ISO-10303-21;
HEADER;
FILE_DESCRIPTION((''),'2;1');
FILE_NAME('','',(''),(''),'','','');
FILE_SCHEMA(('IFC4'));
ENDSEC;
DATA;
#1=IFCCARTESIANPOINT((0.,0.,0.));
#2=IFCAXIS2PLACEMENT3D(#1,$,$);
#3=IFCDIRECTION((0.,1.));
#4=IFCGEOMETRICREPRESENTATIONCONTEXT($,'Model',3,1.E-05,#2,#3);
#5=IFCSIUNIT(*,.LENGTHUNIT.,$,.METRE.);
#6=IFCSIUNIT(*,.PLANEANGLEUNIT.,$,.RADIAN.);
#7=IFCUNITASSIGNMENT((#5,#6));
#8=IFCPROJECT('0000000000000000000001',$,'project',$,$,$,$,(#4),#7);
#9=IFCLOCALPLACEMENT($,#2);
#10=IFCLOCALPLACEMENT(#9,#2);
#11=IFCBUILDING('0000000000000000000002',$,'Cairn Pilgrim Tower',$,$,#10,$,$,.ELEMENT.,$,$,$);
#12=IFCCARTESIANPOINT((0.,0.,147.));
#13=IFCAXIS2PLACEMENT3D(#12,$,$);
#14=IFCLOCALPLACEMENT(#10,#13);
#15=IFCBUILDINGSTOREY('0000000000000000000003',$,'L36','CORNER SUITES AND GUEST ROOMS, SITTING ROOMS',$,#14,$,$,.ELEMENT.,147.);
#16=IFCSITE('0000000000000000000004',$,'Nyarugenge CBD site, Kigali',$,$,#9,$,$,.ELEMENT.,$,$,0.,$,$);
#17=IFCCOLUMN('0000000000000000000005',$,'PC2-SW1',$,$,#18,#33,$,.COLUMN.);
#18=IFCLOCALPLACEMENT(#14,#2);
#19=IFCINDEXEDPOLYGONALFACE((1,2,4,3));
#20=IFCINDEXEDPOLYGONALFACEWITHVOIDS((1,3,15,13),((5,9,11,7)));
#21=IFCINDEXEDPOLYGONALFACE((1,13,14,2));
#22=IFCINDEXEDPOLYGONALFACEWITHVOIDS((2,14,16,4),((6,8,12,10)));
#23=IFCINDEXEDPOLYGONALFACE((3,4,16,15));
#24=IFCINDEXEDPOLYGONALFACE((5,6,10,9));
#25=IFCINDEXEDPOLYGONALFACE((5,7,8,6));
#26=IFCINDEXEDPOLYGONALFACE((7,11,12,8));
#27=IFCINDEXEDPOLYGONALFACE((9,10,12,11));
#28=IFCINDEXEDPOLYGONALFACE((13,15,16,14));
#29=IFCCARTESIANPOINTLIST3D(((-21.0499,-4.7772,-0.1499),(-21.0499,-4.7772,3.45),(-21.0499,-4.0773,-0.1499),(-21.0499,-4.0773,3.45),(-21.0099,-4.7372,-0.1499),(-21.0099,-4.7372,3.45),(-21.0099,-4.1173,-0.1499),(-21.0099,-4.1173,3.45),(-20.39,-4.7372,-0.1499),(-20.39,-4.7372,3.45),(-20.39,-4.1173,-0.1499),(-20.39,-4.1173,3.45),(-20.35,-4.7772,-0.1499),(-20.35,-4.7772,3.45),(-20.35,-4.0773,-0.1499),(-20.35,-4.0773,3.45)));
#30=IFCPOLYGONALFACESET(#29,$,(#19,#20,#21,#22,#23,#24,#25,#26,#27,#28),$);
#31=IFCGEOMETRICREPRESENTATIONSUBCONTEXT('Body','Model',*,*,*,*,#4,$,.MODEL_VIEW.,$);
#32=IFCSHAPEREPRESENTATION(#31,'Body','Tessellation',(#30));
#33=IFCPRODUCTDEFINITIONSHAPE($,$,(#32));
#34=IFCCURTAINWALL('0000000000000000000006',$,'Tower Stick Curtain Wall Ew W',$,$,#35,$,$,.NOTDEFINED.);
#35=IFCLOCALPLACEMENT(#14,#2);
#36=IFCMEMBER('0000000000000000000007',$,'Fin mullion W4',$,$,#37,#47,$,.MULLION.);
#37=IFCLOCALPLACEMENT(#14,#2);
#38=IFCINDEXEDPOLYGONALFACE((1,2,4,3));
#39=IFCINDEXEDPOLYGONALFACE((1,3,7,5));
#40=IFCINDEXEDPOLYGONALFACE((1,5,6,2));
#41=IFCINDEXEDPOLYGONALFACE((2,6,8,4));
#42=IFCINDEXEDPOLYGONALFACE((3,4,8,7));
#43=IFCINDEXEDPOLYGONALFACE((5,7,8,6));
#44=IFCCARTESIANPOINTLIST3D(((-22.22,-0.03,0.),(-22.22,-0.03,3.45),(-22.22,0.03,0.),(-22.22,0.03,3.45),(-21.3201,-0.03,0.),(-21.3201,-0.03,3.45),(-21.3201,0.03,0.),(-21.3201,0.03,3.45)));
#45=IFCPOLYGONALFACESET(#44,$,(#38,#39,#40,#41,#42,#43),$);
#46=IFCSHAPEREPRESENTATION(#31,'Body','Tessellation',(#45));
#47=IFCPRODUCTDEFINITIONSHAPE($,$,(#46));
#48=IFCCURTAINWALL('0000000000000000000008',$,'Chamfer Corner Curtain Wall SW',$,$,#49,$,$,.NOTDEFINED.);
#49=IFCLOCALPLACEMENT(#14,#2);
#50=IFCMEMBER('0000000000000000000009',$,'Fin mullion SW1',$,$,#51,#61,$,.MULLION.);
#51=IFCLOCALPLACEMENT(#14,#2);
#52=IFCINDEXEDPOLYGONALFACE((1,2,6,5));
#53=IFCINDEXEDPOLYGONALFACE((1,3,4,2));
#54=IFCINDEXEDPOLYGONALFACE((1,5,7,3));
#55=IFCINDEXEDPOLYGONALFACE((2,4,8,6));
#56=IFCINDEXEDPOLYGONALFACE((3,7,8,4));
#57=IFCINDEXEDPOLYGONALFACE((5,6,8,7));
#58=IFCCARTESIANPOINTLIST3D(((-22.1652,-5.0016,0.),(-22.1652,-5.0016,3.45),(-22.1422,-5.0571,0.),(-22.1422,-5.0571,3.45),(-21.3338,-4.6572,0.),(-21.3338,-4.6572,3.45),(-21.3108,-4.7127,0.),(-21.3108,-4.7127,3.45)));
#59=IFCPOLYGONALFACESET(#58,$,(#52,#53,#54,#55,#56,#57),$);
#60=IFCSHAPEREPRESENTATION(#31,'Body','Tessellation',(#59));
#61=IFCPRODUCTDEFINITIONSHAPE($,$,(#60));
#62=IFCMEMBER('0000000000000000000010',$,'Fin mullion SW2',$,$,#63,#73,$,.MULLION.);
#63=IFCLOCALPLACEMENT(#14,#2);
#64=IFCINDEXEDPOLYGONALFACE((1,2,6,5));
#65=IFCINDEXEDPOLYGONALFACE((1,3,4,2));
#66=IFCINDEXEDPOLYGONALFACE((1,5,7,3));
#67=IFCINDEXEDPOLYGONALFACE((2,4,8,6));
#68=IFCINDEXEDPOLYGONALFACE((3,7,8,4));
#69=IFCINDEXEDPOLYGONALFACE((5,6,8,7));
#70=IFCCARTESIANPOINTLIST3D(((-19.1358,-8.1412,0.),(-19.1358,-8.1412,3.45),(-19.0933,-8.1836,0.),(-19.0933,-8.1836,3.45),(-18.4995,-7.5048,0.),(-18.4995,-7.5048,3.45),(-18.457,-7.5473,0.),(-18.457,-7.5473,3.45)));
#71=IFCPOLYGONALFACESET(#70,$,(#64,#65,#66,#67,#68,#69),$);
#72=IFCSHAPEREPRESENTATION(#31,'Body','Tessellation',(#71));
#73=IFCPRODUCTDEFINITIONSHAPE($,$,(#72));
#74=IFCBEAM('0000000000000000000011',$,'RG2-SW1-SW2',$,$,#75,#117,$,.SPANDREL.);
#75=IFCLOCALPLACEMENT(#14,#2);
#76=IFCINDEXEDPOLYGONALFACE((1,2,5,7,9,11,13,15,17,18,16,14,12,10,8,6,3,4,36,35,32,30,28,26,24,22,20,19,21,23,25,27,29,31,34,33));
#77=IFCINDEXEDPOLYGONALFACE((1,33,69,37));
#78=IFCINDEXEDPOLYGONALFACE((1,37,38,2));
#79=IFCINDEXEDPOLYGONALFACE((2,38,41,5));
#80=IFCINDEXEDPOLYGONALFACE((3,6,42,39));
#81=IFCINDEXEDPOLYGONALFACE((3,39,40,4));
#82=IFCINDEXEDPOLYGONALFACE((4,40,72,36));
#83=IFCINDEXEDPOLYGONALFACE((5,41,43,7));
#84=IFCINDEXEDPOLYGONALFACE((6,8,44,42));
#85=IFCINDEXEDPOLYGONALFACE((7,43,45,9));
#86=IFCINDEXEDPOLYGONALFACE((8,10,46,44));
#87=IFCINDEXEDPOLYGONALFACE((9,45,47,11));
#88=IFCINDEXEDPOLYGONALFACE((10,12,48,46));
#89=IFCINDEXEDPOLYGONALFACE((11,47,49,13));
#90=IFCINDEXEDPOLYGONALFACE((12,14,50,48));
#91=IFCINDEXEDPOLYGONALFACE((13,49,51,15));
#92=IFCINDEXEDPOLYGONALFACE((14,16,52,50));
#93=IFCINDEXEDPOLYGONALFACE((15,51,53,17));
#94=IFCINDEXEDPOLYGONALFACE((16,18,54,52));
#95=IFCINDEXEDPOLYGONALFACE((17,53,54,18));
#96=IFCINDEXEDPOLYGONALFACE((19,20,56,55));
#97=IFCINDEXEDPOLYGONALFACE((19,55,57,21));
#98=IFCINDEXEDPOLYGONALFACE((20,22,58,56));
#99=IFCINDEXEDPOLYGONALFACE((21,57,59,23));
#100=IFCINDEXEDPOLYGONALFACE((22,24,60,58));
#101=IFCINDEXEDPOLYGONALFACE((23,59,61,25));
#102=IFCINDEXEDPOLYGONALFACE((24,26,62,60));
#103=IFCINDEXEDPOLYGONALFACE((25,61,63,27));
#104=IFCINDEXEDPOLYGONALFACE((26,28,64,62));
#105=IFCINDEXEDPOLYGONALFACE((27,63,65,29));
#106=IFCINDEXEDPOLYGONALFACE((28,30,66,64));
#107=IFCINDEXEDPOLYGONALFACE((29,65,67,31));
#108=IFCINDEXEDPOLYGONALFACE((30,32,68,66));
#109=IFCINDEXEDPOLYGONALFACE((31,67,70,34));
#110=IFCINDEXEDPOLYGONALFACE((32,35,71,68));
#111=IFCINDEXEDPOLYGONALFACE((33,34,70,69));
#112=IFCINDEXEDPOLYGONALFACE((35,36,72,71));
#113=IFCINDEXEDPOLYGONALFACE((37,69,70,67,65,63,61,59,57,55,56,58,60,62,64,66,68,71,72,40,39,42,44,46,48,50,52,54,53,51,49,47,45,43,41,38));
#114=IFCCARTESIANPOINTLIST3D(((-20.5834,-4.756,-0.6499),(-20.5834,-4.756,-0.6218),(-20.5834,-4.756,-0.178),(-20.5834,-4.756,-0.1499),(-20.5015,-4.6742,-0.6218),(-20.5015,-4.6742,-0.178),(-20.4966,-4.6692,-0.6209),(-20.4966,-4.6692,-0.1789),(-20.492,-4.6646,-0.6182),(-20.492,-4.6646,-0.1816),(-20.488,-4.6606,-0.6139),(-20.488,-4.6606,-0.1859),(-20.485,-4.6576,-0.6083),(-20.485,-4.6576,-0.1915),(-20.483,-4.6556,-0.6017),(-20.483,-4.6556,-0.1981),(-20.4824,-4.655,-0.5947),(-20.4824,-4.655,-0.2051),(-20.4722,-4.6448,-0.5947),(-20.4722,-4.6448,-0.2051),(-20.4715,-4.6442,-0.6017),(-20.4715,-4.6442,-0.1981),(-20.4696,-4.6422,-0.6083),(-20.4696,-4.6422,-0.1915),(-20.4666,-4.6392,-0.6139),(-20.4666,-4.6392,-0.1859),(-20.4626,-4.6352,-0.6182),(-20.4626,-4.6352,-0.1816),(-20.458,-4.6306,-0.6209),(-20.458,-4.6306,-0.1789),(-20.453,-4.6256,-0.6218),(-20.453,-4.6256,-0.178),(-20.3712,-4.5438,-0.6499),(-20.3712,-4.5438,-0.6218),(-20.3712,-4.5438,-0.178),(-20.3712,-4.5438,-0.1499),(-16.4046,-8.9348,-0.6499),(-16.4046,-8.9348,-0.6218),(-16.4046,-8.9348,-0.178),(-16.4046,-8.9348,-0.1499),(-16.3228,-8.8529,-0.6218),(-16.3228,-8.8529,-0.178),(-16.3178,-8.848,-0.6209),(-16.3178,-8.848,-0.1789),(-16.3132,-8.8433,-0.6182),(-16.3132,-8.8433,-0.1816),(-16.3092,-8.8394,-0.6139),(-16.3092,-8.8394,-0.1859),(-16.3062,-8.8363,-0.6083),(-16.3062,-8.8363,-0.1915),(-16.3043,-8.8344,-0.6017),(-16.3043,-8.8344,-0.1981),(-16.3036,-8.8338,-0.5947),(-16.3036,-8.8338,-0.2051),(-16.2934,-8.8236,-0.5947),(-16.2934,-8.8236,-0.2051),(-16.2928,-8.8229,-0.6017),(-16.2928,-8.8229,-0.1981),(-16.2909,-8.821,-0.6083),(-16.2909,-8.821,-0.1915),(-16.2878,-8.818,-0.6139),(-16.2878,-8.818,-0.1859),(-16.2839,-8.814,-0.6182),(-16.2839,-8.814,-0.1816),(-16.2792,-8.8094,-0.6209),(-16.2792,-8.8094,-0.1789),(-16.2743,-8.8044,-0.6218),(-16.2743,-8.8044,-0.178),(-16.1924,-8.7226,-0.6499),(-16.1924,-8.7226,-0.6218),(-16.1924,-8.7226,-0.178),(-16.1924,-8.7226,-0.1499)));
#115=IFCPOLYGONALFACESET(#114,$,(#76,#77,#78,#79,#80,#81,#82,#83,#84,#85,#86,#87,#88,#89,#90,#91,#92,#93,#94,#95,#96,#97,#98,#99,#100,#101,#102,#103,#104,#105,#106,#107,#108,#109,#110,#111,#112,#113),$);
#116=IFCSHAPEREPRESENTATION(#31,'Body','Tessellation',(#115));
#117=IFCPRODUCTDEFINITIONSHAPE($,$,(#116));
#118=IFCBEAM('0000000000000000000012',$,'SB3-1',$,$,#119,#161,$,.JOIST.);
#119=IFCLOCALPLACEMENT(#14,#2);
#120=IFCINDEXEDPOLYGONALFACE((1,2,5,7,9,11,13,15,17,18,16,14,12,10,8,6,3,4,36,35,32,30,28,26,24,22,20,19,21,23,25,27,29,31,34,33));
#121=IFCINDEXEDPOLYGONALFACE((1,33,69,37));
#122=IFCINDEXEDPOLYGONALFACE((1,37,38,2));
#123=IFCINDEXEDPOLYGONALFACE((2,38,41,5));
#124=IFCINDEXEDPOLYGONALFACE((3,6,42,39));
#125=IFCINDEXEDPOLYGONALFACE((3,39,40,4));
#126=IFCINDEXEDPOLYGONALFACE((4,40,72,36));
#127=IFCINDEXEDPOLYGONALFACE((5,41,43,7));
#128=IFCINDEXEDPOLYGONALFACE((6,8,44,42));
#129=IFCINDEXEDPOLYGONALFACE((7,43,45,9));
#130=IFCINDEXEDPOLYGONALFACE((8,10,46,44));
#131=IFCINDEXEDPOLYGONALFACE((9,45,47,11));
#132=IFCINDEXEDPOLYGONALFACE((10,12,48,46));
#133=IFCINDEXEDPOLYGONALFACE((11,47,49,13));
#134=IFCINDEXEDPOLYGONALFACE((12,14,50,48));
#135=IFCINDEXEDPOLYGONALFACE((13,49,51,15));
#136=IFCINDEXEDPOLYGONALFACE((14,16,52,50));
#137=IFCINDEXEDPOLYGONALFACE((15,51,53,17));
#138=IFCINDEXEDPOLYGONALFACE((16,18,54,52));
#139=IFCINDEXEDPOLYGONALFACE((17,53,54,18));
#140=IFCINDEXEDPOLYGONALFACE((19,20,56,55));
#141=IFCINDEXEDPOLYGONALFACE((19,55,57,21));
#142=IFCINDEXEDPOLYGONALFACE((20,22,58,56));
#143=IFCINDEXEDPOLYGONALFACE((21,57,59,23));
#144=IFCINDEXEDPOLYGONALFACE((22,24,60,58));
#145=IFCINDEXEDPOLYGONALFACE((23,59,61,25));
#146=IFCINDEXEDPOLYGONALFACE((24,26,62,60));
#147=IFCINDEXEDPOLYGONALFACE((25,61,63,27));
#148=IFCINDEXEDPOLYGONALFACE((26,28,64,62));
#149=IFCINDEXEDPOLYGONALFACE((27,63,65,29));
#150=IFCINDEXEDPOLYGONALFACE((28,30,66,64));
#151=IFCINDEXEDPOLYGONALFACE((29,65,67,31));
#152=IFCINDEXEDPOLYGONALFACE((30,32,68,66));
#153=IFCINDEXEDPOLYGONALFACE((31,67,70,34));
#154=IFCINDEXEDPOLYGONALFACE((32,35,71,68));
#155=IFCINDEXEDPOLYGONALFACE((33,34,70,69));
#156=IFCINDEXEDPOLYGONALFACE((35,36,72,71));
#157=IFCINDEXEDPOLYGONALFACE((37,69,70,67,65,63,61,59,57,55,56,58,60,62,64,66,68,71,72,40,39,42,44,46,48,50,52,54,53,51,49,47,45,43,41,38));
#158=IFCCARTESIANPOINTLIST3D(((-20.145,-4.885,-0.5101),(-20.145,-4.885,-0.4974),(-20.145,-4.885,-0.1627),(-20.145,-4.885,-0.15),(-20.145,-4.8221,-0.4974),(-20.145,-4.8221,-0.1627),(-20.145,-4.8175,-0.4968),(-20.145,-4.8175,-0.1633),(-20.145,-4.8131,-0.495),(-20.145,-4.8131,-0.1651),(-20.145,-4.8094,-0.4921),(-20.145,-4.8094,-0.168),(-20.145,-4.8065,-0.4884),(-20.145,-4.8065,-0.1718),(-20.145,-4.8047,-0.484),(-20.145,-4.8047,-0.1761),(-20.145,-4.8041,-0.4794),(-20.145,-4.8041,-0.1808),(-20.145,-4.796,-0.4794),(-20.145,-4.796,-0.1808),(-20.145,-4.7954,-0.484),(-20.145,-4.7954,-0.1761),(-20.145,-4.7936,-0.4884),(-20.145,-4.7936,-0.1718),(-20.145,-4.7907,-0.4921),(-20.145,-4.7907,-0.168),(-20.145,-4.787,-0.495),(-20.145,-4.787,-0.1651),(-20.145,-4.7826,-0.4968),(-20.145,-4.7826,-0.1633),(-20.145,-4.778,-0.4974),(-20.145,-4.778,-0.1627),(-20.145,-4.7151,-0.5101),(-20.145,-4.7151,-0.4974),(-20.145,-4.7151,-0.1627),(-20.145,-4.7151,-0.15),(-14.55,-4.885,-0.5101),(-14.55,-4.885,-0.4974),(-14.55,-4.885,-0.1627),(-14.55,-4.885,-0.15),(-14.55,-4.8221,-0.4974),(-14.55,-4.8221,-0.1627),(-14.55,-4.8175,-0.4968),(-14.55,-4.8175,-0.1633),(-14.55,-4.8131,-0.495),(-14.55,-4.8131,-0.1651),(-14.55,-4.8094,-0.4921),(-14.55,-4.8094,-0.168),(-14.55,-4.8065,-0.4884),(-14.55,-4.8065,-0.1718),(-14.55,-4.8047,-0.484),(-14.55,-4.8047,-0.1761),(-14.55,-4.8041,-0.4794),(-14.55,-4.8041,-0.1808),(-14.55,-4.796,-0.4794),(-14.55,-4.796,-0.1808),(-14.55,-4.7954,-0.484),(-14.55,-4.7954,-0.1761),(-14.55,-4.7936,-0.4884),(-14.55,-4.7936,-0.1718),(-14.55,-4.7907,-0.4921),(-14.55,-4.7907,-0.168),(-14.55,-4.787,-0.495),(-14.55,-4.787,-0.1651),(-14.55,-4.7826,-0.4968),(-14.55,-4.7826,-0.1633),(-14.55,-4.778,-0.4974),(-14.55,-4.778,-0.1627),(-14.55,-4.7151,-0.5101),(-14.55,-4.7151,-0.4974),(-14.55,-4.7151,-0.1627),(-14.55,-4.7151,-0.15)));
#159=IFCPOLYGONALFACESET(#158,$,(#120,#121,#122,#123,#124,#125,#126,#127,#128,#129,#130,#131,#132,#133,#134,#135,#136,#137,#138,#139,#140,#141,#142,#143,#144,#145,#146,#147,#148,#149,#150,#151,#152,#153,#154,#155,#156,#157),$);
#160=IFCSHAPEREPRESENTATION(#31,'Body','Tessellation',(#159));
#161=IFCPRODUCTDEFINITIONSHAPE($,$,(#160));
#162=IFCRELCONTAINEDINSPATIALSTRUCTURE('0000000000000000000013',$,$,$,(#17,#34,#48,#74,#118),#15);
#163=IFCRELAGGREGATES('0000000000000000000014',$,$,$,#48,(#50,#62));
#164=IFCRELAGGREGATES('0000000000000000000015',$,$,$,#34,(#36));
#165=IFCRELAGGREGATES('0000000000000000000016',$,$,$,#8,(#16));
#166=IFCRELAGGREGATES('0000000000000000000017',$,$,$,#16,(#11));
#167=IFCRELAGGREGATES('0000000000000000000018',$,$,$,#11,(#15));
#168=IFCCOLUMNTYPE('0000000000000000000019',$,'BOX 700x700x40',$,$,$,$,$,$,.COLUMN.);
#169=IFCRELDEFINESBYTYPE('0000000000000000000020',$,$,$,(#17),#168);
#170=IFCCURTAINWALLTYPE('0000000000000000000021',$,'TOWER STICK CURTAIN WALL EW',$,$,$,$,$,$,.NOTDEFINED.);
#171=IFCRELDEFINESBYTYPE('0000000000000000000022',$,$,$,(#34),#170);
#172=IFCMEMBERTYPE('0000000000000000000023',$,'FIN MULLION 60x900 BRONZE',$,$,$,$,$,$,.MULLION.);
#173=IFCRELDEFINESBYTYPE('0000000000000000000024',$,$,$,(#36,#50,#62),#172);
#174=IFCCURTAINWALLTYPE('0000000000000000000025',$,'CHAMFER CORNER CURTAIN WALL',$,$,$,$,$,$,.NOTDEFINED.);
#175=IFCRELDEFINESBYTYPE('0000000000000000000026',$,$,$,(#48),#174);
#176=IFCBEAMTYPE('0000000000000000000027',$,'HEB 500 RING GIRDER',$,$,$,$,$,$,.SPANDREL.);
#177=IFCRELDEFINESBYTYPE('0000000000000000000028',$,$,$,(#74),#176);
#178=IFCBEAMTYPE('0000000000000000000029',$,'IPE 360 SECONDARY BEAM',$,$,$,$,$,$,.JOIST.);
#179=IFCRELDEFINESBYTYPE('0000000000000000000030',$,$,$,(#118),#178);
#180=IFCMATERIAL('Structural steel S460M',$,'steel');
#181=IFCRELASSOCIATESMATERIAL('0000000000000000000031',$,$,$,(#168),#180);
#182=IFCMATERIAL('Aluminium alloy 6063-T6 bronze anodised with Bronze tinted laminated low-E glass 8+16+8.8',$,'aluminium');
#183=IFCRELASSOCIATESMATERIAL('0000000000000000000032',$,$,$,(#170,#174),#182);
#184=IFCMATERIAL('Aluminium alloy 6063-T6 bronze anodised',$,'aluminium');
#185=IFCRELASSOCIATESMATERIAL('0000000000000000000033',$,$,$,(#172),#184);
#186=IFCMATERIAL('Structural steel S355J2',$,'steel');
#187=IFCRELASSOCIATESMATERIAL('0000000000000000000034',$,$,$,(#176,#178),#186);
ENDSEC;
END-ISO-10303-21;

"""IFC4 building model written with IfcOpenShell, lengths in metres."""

from ifc_helpers import new_model, si_unit, direction, frame, origin, origin_2d, place, context, subcontext, project, spatial, rectangle, hollow_rectangle, i_section, extrude, material, material_profile, profile_set, type_object, element, aggregate, save


model = new_model("IFC4")

# Units and contexts
model_context = context("Model", 3, precision=1e-05, world=origin(), true_north=direction((0.0, 1.0)))
body_context = subcontext(model_context, "Body", "Model", "MODEL_VIEW")
ifc_project = project(units=[si_unit("LENGTHUNIT", "METRE"), si_unit("PLANEANGLEUNIT", "RADIAN")], contexts=[model_context])

# Site, building, storey
site_placement = place(None, origin())
site = spatial("IfcSite", under=ifc_project, at=site_placement, Name="Nyarugenge CBD site, Kigali", CompositionType="ELEMENT", RefElevation=0.0)
building_placement = place(site_placement, origin())
building = spatial("IfcBuilding", under=site, at=building_placement, Name="Cairn Pilgrim Tower", CompositionType="ELEMENT")
storey_placement = place(building_placement, frame((0.0, 0.0, 147.0)))
storey = spatial("IfcBuildingStorey", under=building, at=storey_placement, Name="L36", Description="CORNER SUITES AND GUEST ROOMS, SITTING ROOMS", CompositionType="ELEMENT", Elevation=147.0)

# Column
ifc_material_1 = material(Name="Structural steel S460M", Category="steel")
ifc_material_profile_1 = material_profile(ifc_material_1, hollow_rectangle(XDim=0.7, YDim=0.7, WallThickness=0.04, at=origin_2d()), Name="BOX 700x700x40")
ifc_profile_set_1 = profile_set([ifc_material_profile_1], Name="Structural steel S460M")
column_type = type_object("IfcColumnType", Name="BOX 700x700x40", PredefinedType="COLUMN", material=ifc_profile_set_1)
column_placement = place(storey_placement, frame((-20.7, -4.4272, -0.1499), z_axis=(0.0, 0.0, 1.0), x_axis=(1.0, 0.0, 0.0)))
element("IfcColumn", 1, at=column_placement, inside=storey, type_object=column_type, Name="PC2-SW1", PredefinedType="COLUMN", context=body_context, shape_type="SweptSolid", body=[
    extrude(hollow_rectangle(XDim=0.7, YDim=0.7, WallThickness=0.04, at=origin_2d()), origin(), (0.0, 0.0, 1.0), 3.5999),
])

# Curtain wall, member
ifc_material_2 = material(Name="Aluminium alloy 6063-T6 bronze anodised with Bronze tinted laminated low-E glass 8+16+8.8", Category="aluminium")
curtain_wall_type_1 = type_object("IfcCurtainWallType", Name="TOWER STICK CURTAIN WALL EW", PredefinedType="NOTDEFINED", material=ifc_material_2)
curtain_wall_1_placement = place(storey_placement, origin())
curtain_wall_1 = element("IfcCurtainWall", 2, at=curtain_wall_1_placement, inside=storey, type_object=curtain_wall_type_1, Name="Tower Stick Curtain Wall Ew W", PredefinedType="NOTDEFINED")
ifc_material_3 = material(Name="Aluminium alloy 6063-T6 bronze anodised", Category="aluminium")
ifc_material_profile_2 = material_profile(ifc_material_3, rectangle(XDim=0.8999, YDim=0.0601, at=origin_2d()), Name="FIN MULLION 60x900 BRONZE")
ifc_profile_set_2 = profile_set([ifc_material_profile_2], Name="Aluminium alloy 6063-T6 bronze anodised")
member_type_1 = type_object("IfcMemberType", Name="FIN MULLION 60x900 BRONZE", PredefinedType="MULLION", material=ifc_profile_set_2)
member_1_placement = place(storey_placement, frame((-21.77, 0.0, 0.0), z_axis=(0.0, 0.0, 1.0), x_axis=(-1.0, 0.0, 0.0)))
member_1 = element("IfcMember", 3, at=member_1_placement, type_object=member_type_1, Name="Fin mullion W4", PredefinedType="MULLION", context=body_context, shape_type="SweptSolid", body=[
    extrude(rectangle(XDim=0.8999, YDim=0.0601, at=origin_2d()), origin(), (0.0, 0.0, 1.0), 3.45),
])

# Curtain wall, members
curtain_wall_type_2 = type_object("IfcCurtainWallType", Name="CHAMFER CORNER CURTAIN WALL", PredefinedType="NOTDEFINED", material=ifc_material_2)
curtain_wall_2_placement = place(storey_placement, origin())
curtain_wall_2 = element("IfcCurtainWall", 4, at=curtain_wall_2_placement, inside=storey, type_object=curtain_wall_type_2, Name="Chamfer Corner Curtain Wall SW", PredefinedType="NOTDEFINED")
member_2_placement = place(storey_placement, frame((-21.738, -4.8572, 0.0), z_axis=(0.0, 0.0, 1.0), x_axis=(-0.92388, -0.382683, 0.0)))
member_2 = element("IfcMember", 5, at=member_2_placement, type_object=member_type_1, Name="Fin mullion SW1", PredefinedType="MULLION", context=body_context, shape_type="SweptSolid", body=[
    extrude(rectangle(XDim=0.8999, YDim=0.0601, at=origin_2d()), origin(), (0.0, 0.0, 1.0), 3.45),
])
member_3_placement = place(storey_placement, frame((-18.7964, -7.8442, 0.0), z_axis=(0.0, 0.0, 1.0), x_axis=(-0.707107, -0.707107, 0.0)))
member_3 = element("IfcMember", 6, at=member_3_placement, type_object=member_type_1, Name="Fin mullion SW2", PredefinedType="MULLION", context=body_context, shape_type="SweptSolid", body=[
    extrude(rectangle(XDim=0.8999, YDim=0.0601, at=origin_2d()), origin(), (0.0, 0.0, 1.0), 3.45),
])

# Beams
ifc_material_4 = material(Name="Structural steel S355J2", Category="steel")
ifc_material_profile_3 = material_profile(ifc_material_4, i_section(OverallWidth=0.3, OverallDepth=0.5, WebThickness=0.0144, FlangeThickness=0.0281, FilletRadius=0.0271, at=origin_2d()), Name="HEB 500")
ifc_profile_set_3 = profile_set([ifc_material_profile_3], Name="Structural steel S355J2")
beam_type_1 = type_object("IfcBeamType", Name="HEB 500 RING GIRDER", PredefinedType="SPANDREL", material=ifc_profile_set_3)
beam_1_placement = place(storey_placement, frame((-20.4773, -4.6499, -0.3999), z_axis=(0.707107, -0.707107, 0.0), x_axis=(0.707107, 0.707107, 0.0)))
element("IfcBeam", 7, at=beam_1_placement, inside=storey, type_object=beam_type_1, Name="RG2-SW1-SW2", PredefinedType="SPANDREL", context=body_context, shape_type="SweptSolid", body=[
    extrude(i_section(OverallWidth=0.3, OverallDepth=0.5, WebThickness=0.0144, FlangeThickness=0.0281, FilletRadius=0.0271, at=origin_2d()), origin(), (0.0, 0.0, 1.0), 5.9097),
])
ifc_material_profile_4 = material_profile(ifc_material_4, i_section(OverallWidth=0.1699, OverallDepth=0.3601, WebThickness=0.0081, FlangeThickness=0.0127, FilletRadius=0.0181, at=origin_2d()), Name="IPE 360")
ifc_profile_set_4 = profile_set([ifc_material_profile_4], Name="Structural steel S355J2")
beam_type_2 = type_object("IfcBeamType", Name="IPE 360 SECONDARY BEAM", PredefinedType="JOIST", material=ifc_profile_set_4)
beam_2_placement = place(storey_placement, frame((-20.145, -4.8, -0.3301), z_axis=(1.0, 0.0, 0.0), x_axis=(0.0, 1.0, 0.0)))
element("IfcBeam", 8, at=beam_2_placement, inside=storey, type_object=beam_type_2, Name="SB3-1", PredefinedType="JOIST", context=body_context, shape_type="SweptSolid", body=[
    extrude(i_section(OverallWidth=0.1699, OverallDepth=0.3601, WebThickness=0.0081, FlangeThickness=0.0127, FilletRadius=0.0181, at=origin_2d()), origin(), (0.0, 0.0, 1.0), 5.595),
])

aggregate(curtain_wall_2, [member_2, member_3])

aggregate(curtain_wall_1, [member_1])

save(model, "model.ifc")
